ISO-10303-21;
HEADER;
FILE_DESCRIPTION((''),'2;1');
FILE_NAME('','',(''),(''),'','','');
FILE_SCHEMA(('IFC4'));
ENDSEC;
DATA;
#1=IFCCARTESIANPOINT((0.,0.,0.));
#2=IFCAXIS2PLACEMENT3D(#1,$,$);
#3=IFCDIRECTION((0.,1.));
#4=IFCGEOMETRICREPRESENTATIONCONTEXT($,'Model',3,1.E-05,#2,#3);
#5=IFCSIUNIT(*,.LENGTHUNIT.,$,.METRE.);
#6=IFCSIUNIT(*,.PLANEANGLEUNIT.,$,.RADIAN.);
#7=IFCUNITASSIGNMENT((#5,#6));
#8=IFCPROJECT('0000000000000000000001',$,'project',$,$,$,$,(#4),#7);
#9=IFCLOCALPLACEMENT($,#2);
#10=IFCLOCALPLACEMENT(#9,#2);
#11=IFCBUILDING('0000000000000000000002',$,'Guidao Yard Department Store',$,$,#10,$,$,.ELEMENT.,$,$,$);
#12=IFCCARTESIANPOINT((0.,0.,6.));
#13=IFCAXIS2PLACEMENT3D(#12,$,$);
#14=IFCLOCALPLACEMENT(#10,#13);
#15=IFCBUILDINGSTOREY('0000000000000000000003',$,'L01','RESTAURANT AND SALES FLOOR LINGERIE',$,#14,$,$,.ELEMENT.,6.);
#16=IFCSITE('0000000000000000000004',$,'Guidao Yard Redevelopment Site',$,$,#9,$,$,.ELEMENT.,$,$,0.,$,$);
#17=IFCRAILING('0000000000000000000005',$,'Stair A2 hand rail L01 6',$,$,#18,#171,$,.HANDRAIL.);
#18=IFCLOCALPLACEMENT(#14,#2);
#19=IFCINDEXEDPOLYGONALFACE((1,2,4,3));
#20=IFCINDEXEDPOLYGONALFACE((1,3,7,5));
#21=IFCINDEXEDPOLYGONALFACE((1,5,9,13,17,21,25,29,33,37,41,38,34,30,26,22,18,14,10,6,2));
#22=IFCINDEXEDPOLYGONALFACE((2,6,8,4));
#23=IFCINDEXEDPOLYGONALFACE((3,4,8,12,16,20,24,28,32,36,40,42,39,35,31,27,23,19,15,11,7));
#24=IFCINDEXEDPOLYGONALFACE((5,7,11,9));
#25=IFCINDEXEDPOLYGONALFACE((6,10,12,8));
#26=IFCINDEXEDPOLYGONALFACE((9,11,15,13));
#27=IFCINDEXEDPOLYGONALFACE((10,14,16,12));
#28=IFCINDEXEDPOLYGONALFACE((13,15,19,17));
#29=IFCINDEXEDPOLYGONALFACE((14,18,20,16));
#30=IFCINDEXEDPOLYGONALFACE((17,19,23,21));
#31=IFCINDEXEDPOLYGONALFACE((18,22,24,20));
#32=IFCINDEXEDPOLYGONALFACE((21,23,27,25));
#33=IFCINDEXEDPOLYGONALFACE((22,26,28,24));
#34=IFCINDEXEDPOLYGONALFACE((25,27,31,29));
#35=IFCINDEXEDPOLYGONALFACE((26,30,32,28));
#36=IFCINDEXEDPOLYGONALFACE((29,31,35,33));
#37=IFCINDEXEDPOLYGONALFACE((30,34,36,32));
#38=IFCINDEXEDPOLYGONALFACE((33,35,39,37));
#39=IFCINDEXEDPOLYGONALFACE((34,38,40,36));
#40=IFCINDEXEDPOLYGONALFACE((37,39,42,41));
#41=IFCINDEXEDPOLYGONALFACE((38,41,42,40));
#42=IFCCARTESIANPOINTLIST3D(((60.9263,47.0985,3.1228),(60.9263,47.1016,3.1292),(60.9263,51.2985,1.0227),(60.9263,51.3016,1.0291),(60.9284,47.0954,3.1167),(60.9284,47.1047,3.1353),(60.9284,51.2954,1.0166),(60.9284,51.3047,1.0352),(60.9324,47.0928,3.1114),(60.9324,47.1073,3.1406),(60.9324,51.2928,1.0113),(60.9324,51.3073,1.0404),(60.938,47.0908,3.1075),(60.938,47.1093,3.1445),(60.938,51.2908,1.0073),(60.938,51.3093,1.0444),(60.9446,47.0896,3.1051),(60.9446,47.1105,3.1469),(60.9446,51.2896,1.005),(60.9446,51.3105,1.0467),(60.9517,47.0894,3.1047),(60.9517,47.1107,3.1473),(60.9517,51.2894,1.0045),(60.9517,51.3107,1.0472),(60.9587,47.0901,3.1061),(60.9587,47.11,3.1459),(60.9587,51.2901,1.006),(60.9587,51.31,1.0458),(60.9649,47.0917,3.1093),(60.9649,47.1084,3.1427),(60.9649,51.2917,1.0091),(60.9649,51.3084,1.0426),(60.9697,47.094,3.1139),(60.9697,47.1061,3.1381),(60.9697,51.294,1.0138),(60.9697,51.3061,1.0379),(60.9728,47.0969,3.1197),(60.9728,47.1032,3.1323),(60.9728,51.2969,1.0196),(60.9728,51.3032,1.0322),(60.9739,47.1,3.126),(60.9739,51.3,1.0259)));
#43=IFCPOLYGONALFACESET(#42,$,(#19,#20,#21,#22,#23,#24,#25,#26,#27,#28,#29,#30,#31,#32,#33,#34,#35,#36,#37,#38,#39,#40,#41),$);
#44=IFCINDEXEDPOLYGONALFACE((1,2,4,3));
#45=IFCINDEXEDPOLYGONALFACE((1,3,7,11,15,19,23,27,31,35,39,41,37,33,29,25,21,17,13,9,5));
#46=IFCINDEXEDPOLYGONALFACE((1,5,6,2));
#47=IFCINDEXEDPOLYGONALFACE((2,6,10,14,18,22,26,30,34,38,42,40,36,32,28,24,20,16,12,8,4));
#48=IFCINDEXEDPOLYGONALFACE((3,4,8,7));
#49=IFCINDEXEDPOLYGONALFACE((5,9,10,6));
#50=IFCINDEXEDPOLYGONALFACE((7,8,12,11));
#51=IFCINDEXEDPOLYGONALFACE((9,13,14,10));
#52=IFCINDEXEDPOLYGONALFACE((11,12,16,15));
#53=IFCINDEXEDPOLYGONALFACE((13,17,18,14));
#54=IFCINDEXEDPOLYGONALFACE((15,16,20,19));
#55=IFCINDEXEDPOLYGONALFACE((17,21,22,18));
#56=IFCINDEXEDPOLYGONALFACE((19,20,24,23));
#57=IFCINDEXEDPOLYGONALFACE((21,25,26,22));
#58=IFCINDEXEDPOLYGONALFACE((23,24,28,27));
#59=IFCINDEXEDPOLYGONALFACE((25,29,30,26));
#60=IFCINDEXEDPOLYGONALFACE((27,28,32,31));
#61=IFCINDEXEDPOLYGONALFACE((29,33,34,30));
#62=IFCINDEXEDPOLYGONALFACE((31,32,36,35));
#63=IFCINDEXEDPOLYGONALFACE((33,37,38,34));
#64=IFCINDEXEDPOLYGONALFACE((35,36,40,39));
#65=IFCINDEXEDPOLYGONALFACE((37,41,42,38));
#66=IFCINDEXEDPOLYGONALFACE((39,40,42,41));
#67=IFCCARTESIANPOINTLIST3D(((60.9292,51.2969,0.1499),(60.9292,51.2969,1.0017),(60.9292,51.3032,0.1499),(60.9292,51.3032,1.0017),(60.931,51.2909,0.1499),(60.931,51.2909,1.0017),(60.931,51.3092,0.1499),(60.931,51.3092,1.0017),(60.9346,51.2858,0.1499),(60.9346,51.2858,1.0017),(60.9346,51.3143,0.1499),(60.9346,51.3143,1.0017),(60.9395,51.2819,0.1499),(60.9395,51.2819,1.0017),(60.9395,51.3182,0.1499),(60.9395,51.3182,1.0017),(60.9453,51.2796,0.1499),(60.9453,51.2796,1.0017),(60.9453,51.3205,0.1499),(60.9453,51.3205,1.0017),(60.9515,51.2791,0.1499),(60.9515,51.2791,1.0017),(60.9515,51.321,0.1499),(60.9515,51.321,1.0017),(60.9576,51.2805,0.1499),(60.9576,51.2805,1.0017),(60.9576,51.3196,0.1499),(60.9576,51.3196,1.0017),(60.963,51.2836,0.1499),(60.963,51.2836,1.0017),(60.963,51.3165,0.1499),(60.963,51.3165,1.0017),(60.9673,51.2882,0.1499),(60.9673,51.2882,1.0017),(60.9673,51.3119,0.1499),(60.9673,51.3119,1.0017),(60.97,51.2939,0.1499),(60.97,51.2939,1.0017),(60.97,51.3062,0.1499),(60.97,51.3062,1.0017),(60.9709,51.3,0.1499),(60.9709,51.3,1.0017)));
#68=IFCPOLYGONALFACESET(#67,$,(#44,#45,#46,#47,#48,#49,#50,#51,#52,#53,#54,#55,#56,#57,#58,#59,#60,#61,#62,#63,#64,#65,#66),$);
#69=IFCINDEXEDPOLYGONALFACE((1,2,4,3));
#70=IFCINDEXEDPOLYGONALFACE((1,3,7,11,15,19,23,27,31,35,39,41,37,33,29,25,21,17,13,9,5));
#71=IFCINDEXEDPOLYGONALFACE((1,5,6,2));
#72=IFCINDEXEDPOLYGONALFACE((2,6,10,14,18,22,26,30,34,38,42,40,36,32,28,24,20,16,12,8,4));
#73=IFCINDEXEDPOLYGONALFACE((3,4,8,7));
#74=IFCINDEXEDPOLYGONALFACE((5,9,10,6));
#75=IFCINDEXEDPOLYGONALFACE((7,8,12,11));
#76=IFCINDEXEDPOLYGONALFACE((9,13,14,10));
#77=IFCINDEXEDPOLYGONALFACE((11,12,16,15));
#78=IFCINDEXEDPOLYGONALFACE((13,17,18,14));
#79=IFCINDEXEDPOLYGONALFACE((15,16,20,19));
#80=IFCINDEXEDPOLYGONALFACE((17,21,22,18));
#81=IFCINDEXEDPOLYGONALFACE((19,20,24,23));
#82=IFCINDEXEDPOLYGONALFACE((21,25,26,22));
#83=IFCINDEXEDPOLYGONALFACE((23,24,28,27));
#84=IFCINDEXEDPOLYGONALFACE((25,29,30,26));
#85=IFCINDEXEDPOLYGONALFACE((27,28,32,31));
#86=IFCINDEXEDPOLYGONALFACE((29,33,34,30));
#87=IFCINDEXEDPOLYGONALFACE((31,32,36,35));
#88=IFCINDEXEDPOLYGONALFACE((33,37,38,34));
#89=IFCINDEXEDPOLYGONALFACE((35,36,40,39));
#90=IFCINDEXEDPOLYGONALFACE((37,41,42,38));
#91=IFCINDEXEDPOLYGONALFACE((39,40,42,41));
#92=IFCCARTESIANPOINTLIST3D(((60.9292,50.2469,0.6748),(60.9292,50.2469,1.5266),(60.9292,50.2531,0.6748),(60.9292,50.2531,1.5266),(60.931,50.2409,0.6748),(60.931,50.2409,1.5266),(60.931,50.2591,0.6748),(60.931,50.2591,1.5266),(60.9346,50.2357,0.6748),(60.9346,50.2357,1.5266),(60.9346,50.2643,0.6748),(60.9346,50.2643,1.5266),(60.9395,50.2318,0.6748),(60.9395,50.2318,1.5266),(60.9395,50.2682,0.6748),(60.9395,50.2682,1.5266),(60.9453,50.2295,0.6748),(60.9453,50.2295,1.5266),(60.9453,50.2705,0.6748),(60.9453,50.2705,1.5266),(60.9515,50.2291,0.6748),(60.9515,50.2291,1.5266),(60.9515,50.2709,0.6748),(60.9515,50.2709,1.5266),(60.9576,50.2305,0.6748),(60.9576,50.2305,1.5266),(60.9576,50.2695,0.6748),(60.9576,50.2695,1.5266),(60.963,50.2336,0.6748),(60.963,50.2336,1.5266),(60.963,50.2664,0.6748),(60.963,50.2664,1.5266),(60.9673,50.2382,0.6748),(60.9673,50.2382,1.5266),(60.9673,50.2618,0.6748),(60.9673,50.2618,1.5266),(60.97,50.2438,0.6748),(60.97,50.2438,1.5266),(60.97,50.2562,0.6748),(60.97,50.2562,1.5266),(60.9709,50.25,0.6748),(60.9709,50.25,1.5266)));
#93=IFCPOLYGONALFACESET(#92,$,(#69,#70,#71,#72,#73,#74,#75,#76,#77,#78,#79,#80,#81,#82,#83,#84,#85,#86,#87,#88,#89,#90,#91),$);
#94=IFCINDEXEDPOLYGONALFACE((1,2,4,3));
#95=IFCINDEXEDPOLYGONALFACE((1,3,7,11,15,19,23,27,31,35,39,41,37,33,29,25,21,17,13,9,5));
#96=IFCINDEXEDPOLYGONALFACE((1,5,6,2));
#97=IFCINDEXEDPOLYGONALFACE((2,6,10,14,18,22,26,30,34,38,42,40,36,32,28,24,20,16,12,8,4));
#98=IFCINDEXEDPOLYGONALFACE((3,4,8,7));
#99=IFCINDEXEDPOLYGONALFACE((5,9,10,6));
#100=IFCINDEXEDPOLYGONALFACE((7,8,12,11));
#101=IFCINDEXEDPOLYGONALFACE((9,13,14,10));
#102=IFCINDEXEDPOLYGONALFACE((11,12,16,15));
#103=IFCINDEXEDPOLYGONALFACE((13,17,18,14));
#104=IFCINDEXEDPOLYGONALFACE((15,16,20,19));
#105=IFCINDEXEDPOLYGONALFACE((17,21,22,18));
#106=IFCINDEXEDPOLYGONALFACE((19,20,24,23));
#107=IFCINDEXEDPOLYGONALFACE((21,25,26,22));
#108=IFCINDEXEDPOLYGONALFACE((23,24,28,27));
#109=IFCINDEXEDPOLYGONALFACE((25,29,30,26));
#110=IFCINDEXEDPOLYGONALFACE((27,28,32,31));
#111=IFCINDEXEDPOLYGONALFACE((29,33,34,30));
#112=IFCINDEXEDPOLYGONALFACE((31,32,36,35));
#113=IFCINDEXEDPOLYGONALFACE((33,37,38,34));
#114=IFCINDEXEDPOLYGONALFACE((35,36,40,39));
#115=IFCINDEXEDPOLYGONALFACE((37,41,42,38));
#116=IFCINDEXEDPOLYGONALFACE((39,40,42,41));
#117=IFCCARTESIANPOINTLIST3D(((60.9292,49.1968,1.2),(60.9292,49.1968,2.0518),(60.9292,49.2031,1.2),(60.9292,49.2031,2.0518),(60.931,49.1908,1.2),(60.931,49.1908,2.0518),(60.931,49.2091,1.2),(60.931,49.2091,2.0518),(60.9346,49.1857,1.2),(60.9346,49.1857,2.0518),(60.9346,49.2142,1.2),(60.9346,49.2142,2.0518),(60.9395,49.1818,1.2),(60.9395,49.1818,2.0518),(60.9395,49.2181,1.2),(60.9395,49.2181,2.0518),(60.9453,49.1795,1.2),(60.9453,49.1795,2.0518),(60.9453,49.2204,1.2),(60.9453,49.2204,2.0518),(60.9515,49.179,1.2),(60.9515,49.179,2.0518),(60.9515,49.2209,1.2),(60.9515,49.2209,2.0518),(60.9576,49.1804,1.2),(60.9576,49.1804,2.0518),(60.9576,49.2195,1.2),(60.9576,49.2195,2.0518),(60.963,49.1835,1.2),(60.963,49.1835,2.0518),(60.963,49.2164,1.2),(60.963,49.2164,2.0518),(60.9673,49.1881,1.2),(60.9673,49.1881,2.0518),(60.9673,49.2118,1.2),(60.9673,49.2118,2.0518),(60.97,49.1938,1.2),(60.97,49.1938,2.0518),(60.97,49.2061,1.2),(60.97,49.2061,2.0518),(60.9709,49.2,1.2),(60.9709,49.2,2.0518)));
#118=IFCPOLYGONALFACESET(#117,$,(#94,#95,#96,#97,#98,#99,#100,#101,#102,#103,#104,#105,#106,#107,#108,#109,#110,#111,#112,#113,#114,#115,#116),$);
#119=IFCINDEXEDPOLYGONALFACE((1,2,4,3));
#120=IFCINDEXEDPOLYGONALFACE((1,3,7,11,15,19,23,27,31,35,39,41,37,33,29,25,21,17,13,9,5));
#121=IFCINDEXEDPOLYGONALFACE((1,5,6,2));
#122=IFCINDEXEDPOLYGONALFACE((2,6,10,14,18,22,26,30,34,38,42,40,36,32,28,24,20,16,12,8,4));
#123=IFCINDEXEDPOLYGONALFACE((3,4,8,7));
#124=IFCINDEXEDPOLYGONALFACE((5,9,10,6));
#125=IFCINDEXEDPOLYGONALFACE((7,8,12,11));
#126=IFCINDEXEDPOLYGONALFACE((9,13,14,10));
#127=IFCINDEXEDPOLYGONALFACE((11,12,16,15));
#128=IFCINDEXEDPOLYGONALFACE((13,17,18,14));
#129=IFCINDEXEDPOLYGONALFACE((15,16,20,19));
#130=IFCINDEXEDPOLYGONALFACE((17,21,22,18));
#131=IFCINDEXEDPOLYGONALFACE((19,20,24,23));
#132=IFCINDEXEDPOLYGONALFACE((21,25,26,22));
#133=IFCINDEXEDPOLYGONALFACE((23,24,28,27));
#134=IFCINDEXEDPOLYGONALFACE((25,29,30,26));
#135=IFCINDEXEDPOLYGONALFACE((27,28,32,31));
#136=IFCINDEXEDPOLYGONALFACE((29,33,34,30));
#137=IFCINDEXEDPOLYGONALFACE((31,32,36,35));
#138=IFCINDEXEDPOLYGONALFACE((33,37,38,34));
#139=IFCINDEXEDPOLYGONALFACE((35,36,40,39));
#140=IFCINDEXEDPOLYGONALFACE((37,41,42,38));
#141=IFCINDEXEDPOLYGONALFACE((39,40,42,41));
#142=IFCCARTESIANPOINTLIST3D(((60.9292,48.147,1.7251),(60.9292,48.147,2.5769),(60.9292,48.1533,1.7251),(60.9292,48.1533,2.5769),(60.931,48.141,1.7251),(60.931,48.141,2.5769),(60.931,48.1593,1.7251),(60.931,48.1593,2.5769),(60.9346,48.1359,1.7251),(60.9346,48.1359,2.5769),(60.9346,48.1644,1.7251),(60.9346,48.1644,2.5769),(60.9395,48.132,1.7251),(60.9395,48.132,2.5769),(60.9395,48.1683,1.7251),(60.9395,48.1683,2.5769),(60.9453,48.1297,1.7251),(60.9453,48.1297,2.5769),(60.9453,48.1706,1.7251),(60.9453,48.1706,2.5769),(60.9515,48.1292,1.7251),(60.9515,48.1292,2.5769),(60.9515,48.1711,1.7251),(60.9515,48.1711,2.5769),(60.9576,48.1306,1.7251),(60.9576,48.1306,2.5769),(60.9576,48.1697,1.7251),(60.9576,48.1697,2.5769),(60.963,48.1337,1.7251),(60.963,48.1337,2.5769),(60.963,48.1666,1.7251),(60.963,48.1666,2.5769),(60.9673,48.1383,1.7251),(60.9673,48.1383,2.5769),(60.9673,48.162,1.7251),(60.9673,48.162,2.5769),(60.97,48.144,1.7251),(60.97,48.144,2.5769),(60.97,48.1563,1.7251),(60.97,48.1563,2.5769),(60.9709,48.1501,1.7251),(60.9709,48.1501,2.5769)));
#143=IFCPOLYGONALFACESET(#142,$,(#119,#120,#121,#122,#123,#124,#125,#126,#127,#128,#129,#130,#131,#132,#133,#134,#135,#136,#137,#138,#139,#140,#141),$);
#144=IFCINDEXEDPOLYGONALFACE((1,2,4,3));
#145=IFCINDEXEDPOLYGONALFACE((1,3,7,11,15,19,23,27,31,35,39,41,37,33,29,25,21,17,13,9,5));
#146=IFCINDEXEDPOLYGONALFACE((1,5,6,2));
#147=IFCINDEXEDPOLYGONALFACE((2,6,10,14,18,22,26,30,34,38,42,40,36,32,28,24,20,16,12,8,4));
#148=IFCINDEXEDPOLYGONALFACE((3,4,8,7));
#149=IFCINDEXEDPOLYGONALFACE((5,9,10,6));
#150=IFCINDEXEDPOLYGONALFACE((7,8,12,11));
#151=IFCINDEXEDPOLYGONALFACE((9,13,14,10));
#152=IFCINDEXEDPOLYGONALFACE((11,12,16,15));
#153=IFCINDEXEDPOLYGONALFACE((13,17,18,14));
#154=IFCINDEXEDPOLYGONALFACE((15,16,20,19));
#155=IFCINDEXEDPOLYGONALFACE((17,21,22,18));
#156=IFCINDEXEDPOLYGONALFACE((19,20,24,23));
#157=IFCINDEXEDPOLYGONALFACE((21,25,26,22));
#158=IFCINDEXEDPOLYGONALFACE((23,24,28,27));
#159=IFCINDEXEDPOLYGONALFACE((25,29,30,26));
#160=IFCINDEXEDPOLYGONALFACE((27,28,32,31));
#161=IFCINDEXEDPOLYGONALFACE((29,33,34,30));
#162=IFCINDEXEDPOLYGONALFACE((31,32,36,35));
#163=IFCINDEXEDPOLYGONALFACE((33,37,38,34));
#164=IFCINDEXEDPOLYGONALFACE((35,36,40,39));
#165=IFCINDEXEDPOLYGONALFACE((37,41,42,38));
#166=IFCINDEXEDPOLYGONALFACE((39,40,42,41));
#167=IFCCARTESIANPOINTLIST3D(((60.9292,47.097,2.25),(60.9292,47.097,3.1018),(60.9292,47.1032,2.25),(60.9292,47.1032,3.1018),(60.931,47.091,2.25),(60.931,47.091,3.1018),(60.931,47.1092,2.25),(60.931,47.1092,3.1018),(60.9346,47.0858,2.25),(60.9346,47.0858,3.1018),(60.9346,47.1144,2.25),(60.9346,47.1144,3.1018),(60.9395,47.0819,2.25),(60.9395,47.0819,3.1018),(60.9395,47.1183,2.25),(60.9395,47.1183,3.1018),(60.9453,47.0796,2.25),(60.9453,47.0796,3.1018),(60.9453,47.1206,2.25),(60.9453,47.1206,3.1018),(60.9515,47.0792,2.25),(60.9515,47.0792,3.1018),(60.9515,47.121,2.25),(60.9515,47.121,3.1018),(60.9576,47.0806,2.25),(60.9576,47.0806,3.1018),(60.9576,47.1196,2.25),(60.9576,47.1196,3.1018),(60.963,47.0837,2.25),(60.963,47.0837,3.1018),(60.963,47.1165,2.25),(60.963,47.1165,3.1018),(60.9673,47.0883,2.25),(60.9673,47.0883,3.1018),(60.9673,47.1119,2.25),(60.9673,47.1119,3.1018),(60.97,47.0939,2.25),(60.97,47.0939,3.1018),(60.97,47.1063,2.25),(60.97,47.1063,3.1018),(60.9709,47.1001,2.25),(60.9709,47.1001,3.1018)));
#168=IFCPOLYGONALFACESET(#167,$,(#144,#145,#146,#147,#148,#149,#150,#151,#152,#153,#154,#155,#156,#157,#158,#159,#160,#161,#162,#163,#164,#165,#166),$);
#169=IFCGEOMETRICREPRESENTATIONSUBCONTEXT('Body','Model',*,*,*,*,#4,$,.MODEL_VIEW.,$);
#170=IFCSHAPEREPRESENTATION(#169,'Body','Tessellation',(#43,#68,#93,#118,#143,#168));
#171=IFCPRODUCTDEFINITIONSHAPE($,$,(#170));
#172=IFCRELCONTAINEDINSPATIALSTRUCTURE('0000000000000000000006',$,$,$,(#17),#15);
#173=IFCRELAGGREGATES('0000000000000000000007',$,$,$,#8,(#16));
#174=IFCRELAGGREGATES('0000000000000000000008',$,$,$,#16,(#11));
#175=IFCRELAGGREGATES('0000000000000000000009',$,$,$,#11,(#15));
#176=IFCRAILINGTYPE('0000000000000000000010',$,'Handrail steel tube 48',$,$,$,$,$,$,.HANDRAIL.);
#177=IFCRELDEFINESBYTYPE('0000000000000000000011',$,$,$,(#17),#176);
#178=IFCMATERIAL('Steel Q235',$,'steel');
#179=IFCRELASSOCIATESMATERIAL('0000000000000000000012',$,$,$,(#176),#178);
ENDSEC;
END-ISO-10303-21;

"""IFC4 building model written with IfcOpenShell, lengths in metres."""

from ifc_helpers import new_model, si_unit, direction, frame, origin, origin_2d, place, context, subcontext, project, spatial, circle, extrude, material, type_object, element, save


model = new_model("IFC4")

# Units and contexts
model_context = context("Model", 3, precision=1e-05, world=origin(), true_north=direction((0.0, 1.0)))
body_context = subcontext(model_context, "Body", "Model", "MODEL_VIEW")
ifc_project = project(units=[si_unit("LENGTHUNIT", "METRE"), si_unit("PLANEANGLEUNIT", "RADIAN")], contexts=[model_context])

# Site, building, storey
site_placement = place(None, origin())
site = spatial("IfcSite", under=ifc_project, at=site_placement, Name="Guidao Yard Redevelopment Site", CompositionType="ELEMENT", RefElevation=0.0)
building_placement = place(site_placement, origin())
building = spatial("IfcBuilding", under=site, at=building_placement, Name="Guidao Yard Department Store", CompositionType="ELEMENT")
storey_placement = place(building_placement, frame((0.0, 0.0, 6.0)))
storey = spatial("IfcBuildingStorey", under=building, at=storey_placement, Name="L01", Description="RESTAURANT AND SALES FLOOR LINGERIE", CompositionType="ELEMENT", Elevation=6.0)

# Railing
ifc_material_1 = material(Name="Steel Q235", Category="steel")
railing_type_1 = type_object("IfcRailingType", Name="Handrail steel tube 48", PredefinedType="HANDRAIL", material=ifc_material_1)
for number, where, name in (
    (1, (60.95, 51.3, 0.1499), "Stair A2 hand rail L01 6"),
):
    element("IfcRailing", number, at=place(storey_placement, frame(where)), inside=storey, type_object=railing_type_1, Name=name, PredefinedType="HANDRAIL", context=body_context, shape_type="SweptSolid", body=[
        extrude(circle(Radius=0.0239, at=origin_2d()), frame((0.0, 0.0, 0.876), z_axis=(0.0, -0.894417, 0.447234), x_axis=(1.0, 0.0, 0.0)), (0.0, 0.0, 1.0), 4.6958),
        extrude(circle(Radius=0.021, at=origin_2d()), origin(), (0.0, 0.0, 1.0), 0.8518),
        extrude(circle(Radius=0.021, at=origin_2d()), frame((0.0, -1.05, 0.5249)), (0.0, 0.0, 1.0), 0.8518),
        extrude(circle(Radius=0.021, at=origin_2d()), frame((0.0, -2.1001, 1.05)), (0.0, 0.0, 1.0), 0.8518),
        extrude(circle(Radius=0.021, at=origin_2d()), frame((0.0, -3.1499, 1.5752)), (0.0, 0.0, 1.0), 0.8518),
        extrude(circle(Radius=0.021, at=origin_2d()), frame((0.0, -4.2, 2.1001)), (0.0, 0.0, 1.0), 0.8518),
    ])

save(model, "model.ifc")
